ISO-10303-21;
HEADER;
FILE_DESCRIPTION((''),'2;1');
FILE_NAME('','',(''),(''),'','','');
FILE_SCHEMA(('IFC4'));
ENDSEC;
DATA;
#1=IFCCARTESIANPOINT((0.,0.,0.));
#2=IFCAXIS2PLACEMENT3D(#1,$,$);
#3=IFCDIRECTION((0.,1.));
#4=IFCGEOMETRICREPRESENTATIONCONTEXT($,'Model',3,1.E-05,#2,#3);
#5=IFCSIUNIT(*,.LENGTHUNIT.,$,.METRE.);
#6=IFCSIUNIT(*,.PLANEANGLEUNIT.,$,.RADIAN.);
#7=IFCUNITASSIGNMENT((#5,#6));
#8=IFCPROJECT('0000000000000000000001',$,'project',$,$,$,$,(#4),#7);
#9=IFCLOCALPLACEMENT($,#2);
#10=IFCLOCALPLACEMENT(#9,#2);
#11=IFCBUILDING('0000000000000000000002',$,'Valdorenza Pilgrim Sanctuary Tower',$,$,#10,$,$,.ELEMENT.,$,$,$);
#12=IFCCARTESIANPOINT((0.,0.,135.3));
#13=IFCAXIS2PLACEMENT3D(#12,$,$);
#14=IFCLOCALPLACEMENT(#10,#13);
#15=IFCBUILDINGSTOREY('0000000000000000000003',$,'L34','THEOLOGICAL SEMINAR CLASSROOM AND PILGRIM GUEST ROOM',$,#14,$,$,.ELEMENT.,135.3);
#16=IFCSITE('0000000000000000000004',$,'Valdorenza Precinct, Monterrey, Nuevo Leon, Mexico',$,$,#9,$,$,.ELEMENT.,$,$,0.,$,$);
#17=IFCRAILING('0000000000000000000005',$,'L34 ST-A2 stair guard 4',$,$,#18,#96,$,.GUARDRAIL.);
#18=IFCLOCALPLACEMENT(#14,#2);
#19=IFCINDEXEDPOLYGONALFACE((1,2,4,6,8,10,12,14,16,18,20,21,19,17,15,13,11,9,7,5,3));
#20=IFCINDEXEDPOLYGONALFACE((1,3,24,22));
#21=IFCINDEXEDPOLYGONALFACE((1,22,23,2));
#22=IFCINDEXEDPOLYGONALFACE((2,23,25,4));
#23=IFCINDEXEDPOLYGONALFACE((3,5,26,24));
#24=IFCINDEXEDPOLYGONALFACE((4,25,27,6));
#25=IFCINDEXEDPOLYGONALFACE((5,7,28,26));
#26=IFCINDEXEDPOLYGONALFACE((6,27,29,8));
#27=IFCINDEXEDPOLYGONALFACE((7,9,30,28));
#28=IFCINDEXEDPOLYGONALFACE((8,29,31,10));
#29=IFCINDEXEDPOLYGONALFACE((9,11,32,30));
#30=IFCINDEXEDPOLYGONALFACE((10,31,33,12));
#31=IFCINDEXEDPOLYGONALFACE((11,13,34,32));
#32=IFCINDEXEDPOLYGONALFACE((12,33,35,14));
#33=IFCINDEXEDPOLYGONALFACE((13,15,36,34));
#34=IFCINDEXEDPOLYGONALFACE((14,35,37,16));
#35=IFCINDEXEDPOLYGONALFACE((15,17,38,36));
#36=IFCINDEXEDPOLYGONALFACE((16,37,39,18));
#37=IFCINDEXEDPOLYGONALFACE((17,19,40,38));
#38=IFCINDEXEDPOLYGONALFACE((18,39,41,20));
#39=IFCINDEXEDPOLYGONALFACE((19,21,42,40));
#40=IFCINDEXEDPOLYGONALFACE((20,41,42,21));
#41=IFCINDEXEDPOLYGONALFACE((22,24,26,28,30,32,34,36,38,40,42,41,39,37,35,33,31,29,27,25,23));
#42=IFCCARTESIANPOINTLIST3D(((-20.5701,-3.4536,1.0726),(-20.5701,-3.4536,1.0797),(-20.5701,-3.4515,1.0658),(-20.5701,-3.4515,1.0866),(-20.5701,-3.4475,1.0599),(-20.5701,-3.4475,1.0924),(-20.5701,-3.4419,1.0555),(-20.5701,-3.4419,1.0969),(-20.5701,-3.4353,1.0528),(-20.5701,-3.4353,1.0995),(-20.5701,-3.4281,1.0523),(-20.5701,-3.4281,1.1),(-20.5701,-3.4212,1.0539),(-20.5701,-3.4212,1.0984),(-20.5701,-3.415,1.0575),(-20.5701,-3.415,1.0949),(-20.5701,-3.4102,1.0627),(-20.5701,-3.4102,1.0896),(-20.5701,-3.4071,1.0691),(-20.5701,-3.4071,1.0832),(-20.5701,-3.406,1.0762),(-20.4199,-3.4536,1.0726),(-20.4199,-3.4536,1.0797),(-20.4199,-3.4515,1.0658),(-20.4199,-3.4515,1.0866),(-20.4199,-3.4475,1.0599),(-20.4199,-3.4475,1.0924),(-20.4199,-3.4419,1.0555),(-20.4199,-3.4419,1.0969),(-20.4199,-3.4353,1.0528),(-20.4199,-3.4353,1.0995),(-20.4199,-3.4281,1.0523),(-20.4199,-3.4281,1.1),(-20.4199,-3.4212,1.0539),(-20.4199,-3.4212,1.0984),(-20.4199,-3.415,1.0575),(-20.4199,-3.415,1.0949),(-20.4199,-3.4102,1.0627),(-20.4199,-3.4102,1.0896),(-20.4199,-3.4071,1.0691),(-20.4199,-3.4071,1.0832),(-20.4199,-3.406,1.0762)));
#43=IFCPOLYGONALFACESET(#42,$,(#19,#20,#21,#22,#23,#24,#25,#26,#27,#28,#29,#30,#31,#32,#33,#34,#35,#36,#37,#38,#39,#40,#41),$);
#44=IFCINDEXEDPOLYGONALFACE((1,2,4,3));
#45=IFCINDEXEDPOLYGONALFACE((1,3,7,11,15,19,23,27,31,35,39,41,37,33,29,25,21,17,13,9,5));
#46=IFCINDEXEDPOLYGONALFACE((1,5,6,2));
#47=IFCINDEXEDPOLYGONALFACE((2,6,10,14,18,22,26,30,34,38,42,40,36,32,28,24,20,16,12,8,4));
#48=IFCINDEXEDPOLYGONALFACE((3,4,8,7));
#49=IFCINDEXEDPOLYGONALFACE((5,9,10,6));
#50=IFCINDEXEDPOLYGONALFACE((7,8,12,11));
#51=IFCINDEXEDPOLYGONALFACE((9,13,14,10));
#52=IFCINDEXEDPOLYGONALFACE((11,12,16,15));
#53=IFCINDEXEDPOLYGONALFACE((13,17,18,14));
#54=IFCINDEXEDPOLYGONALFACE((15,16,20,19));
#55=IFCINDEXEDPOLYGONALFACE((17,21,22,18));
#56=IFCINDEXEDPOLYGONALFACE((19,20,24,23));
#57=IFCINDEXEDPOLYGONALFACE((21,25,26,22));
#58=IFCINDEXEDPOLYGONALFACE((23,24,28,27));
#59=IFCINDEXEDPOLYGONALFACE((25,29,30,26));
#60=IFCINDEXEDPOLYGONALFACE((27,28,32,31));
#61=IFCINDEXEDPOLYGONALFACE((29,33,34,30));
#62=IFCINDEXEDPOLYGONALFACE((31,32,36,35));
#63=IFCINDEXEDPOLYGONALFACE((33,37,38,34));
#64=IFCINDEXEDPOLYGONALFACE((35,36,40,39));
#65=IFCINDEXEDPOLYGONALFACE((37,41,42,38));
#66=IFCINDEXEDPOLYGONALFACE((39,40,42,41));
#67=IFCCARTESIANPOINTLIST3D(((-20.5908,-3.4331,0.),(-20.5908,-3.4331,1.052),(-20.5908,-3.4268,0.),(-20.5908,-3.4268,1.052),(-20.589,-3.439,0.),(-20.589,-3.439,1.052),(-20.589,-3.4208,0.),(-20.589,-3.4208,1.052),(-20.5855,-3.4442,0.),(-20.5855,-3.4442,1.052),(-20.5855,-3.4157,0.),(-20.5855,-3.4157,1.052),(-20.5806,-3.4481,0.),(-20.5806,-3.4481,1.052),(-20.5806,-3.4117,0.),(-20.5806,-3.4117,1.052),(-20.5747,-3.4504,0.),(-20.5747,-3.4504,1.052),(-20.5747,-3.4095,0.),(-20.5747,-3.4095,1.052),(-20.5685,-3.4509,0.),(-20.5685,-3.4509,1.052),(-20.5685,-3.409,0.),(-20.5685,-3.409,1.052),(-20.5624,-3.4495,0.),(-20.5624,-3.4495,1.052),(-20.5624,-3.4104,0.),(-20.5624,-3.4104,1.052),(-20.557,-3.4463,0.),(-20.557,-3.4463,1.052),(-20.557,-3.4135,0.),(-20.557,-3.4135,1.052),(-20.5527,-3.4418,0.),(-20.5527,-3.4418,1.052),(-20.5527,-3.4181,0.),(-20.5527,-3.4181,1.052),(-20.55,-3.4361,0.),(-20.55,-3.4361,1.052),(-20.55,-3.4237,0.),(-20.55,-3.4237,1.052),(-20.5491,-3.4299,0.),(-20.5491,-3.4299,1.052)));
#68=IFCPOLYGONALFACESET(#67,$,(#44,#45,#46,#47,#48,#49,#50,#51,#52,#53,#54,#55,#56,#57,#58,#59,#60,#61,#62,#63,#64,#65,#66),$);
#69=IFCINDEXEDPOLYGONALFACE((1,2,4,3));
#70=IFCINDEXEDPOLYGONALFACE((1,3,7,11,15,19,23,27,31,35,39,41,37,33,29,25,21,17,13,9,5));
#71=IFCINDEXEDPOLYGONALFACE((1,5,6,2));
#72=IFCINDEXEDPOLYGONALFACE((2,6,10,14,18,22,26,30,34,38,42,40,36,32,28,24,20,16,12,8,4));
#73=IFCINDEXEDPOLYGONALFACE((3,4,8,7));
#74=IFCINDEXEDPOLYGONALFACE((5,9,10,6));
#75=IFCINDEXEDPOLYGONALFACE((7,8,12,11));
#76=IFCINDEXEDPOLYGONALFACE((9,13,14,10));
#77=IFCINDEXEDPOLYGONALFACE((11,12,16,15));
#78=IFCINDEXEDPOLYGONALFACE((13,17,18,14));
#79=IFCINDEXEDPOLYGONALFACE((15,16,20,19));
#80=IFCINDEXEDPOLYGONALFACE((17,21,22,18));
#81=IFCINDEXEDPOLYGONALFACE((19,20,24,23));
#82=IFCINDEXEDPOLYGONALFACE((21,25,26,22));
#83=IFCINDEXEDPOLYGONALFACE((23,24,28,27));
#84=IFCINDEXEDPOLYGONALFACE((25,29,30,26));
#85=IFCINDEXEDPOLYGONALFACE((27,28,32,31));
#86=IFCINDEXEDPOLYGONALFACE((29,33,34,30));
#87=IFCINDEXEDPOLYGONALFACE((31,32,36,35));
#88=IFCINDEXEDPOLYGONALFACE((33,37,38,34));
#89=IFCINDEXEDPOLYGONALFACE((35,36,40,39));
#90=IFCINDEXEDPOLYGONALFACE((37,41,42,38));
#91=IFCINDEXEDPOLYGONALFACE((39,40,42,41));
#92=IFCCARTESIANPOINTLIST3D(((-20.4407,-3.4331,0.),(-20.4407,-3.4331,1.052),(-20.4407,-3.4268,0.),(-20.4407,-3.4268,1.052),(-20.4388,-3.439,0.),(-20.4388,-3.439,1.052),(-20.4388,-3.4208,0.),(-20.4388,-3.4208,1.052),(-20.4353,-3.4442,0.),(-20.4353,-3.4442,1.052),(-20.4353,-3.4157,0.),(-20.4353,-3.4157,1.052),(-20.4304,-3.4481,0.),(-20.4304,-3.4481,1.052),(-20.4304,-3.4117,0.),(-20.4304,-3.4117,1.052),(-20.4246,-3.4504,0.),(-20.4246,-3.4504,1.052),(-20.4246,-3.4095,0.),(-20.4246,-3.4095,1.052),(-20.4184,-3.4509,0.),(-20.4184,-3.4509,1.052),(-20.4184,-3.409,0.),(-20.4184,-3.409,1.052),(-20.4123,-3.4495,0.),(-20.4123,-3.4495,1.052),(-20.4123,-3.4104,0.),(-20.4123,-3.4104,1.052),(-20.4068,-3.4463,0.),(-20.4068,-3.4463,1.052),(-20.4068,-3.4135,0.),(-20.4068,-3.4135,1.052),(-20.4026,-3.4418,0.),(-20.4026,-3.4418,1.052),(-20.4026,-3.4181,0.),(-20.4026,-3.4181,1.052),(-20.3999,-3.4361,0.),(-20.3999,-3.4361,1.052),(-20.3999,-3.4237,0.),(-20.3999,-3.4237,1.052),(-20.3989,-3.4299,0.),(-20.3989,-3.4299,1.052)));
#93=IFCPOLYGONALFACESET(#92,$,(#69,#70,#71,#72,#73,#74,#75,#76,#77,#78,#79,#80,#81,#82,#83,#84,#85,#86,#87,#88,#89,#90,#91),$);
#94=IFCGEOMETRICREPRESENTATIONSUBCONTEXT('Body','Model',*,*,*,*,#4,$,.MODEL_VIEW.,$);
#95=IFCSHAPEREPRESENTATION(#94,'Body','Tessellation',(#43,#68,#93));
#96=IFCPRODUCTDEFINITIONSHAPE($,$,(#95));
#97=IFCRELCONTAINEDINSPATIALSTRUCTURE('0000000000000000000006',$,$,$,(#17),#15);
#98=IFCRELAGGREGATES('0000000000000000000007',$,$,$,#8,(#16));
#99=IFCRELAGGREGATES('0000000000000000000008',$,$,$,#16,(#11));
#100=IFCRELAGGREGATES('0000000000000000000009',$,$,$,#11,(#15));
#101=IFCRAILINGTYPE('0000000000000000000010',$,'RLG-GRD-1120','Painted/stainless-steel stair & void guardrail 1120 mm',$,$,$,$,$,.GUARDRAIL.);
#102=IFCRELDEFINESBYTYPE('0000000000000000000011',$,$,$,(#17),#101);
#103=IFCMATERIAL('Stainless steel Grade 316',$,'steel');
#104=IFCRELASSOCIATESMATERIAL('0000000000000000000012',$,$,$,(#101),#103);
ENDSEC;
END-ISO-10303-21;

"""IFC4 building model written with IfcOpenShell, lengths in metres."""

from ifc_helpers import new_model, si_unit, direction, frame, origin, origin_2d, place, context, subcontext, project, spatial, circle, extrude, material, type_object, element, save


model = new_model("IFC4")

# Units and contexts
model_context = context("Model", 3, precision=1e-05, world=origin(), true_north=direction((0.0, 1.0)))
body_context = subcontext(model_context, "Body", "Model", "MODEL_VIEW")
ifc_project = project(units=[si_unit("LENGTHUNIT", "METRE"), si_unit("PLANEANGLEUNIT", "RADIAN")], contexts=[model_context])

# Site, building, storey
site_placement = place(None, origin())
site = spatial("IfcSite", under=ifc_project, at=site_placement, Name="Valdorenza Precinct, Monterrey, Nuevo Leon, Mexico", CompositionType="ELEMENT", RefElevation=0.0)
building_placement = place(site_placement, origin())
building = spatial("IfcBuilding", under=site, at=building_placement, Name="Valdorenza Pilgrim Sanctuary Tower", CompositionType="ELEMENT")
storey_placement = place(building_placement, frame((0.0, 0.0, 135.3)))
storey = spatial("IfcBuildingStorey", under=building, at=storey_placement, Name="L34", Description="THEOLOGICAL SEMINAR CLASSROOM AND PILGRIM GUEST ROOM", CompositionType="ELEMENT", Elevation=135.3)

# Railing
ifc_material_1 = material(Name="Stainless steel Grade 316", Category="steel")
railing_type_1 = type_object("IfcRailingType", Name="RLG-GRD-1120", Description="Painted/stainless-steel stair & void guardrail 1120 mm", PredefinedType="GUARDRAIL", material=ifc_material_1)
railing_1_placement = place(storey_placement, frame((-20.5701, -3.4299, 0.0)))
element("IfcRailing", 1, at=railing_1_placement, inside=storey, type_object=railing_type_1, Name="L34 ST-A2 stair guard 4", PredefinedType="GUARDRAIL", context=body_context, shape_type="SweptSolid", body=[
    extrude(circle(Radius=0.0239, at=origin_2d()), frame((0.0, 0.0, 1.0762), z_axis=(1.0, 0.0, 0.0), x_axis=(0.0, 1.0, 0.0)), (0.0, 0.0, 1.0), 0.1501),
    extrude(circle(Radius=0.021, at=origin_2d()), origin(), (0.0, 0.0, 1.0), 1.052),
    extrude(circle(Radius=0.021, at=origin_2d()), frame((0.1501, 0.0, 0.0)), (0.0, 0.0, 1.0), 1.052),
])

save(model, "model.ifc")
